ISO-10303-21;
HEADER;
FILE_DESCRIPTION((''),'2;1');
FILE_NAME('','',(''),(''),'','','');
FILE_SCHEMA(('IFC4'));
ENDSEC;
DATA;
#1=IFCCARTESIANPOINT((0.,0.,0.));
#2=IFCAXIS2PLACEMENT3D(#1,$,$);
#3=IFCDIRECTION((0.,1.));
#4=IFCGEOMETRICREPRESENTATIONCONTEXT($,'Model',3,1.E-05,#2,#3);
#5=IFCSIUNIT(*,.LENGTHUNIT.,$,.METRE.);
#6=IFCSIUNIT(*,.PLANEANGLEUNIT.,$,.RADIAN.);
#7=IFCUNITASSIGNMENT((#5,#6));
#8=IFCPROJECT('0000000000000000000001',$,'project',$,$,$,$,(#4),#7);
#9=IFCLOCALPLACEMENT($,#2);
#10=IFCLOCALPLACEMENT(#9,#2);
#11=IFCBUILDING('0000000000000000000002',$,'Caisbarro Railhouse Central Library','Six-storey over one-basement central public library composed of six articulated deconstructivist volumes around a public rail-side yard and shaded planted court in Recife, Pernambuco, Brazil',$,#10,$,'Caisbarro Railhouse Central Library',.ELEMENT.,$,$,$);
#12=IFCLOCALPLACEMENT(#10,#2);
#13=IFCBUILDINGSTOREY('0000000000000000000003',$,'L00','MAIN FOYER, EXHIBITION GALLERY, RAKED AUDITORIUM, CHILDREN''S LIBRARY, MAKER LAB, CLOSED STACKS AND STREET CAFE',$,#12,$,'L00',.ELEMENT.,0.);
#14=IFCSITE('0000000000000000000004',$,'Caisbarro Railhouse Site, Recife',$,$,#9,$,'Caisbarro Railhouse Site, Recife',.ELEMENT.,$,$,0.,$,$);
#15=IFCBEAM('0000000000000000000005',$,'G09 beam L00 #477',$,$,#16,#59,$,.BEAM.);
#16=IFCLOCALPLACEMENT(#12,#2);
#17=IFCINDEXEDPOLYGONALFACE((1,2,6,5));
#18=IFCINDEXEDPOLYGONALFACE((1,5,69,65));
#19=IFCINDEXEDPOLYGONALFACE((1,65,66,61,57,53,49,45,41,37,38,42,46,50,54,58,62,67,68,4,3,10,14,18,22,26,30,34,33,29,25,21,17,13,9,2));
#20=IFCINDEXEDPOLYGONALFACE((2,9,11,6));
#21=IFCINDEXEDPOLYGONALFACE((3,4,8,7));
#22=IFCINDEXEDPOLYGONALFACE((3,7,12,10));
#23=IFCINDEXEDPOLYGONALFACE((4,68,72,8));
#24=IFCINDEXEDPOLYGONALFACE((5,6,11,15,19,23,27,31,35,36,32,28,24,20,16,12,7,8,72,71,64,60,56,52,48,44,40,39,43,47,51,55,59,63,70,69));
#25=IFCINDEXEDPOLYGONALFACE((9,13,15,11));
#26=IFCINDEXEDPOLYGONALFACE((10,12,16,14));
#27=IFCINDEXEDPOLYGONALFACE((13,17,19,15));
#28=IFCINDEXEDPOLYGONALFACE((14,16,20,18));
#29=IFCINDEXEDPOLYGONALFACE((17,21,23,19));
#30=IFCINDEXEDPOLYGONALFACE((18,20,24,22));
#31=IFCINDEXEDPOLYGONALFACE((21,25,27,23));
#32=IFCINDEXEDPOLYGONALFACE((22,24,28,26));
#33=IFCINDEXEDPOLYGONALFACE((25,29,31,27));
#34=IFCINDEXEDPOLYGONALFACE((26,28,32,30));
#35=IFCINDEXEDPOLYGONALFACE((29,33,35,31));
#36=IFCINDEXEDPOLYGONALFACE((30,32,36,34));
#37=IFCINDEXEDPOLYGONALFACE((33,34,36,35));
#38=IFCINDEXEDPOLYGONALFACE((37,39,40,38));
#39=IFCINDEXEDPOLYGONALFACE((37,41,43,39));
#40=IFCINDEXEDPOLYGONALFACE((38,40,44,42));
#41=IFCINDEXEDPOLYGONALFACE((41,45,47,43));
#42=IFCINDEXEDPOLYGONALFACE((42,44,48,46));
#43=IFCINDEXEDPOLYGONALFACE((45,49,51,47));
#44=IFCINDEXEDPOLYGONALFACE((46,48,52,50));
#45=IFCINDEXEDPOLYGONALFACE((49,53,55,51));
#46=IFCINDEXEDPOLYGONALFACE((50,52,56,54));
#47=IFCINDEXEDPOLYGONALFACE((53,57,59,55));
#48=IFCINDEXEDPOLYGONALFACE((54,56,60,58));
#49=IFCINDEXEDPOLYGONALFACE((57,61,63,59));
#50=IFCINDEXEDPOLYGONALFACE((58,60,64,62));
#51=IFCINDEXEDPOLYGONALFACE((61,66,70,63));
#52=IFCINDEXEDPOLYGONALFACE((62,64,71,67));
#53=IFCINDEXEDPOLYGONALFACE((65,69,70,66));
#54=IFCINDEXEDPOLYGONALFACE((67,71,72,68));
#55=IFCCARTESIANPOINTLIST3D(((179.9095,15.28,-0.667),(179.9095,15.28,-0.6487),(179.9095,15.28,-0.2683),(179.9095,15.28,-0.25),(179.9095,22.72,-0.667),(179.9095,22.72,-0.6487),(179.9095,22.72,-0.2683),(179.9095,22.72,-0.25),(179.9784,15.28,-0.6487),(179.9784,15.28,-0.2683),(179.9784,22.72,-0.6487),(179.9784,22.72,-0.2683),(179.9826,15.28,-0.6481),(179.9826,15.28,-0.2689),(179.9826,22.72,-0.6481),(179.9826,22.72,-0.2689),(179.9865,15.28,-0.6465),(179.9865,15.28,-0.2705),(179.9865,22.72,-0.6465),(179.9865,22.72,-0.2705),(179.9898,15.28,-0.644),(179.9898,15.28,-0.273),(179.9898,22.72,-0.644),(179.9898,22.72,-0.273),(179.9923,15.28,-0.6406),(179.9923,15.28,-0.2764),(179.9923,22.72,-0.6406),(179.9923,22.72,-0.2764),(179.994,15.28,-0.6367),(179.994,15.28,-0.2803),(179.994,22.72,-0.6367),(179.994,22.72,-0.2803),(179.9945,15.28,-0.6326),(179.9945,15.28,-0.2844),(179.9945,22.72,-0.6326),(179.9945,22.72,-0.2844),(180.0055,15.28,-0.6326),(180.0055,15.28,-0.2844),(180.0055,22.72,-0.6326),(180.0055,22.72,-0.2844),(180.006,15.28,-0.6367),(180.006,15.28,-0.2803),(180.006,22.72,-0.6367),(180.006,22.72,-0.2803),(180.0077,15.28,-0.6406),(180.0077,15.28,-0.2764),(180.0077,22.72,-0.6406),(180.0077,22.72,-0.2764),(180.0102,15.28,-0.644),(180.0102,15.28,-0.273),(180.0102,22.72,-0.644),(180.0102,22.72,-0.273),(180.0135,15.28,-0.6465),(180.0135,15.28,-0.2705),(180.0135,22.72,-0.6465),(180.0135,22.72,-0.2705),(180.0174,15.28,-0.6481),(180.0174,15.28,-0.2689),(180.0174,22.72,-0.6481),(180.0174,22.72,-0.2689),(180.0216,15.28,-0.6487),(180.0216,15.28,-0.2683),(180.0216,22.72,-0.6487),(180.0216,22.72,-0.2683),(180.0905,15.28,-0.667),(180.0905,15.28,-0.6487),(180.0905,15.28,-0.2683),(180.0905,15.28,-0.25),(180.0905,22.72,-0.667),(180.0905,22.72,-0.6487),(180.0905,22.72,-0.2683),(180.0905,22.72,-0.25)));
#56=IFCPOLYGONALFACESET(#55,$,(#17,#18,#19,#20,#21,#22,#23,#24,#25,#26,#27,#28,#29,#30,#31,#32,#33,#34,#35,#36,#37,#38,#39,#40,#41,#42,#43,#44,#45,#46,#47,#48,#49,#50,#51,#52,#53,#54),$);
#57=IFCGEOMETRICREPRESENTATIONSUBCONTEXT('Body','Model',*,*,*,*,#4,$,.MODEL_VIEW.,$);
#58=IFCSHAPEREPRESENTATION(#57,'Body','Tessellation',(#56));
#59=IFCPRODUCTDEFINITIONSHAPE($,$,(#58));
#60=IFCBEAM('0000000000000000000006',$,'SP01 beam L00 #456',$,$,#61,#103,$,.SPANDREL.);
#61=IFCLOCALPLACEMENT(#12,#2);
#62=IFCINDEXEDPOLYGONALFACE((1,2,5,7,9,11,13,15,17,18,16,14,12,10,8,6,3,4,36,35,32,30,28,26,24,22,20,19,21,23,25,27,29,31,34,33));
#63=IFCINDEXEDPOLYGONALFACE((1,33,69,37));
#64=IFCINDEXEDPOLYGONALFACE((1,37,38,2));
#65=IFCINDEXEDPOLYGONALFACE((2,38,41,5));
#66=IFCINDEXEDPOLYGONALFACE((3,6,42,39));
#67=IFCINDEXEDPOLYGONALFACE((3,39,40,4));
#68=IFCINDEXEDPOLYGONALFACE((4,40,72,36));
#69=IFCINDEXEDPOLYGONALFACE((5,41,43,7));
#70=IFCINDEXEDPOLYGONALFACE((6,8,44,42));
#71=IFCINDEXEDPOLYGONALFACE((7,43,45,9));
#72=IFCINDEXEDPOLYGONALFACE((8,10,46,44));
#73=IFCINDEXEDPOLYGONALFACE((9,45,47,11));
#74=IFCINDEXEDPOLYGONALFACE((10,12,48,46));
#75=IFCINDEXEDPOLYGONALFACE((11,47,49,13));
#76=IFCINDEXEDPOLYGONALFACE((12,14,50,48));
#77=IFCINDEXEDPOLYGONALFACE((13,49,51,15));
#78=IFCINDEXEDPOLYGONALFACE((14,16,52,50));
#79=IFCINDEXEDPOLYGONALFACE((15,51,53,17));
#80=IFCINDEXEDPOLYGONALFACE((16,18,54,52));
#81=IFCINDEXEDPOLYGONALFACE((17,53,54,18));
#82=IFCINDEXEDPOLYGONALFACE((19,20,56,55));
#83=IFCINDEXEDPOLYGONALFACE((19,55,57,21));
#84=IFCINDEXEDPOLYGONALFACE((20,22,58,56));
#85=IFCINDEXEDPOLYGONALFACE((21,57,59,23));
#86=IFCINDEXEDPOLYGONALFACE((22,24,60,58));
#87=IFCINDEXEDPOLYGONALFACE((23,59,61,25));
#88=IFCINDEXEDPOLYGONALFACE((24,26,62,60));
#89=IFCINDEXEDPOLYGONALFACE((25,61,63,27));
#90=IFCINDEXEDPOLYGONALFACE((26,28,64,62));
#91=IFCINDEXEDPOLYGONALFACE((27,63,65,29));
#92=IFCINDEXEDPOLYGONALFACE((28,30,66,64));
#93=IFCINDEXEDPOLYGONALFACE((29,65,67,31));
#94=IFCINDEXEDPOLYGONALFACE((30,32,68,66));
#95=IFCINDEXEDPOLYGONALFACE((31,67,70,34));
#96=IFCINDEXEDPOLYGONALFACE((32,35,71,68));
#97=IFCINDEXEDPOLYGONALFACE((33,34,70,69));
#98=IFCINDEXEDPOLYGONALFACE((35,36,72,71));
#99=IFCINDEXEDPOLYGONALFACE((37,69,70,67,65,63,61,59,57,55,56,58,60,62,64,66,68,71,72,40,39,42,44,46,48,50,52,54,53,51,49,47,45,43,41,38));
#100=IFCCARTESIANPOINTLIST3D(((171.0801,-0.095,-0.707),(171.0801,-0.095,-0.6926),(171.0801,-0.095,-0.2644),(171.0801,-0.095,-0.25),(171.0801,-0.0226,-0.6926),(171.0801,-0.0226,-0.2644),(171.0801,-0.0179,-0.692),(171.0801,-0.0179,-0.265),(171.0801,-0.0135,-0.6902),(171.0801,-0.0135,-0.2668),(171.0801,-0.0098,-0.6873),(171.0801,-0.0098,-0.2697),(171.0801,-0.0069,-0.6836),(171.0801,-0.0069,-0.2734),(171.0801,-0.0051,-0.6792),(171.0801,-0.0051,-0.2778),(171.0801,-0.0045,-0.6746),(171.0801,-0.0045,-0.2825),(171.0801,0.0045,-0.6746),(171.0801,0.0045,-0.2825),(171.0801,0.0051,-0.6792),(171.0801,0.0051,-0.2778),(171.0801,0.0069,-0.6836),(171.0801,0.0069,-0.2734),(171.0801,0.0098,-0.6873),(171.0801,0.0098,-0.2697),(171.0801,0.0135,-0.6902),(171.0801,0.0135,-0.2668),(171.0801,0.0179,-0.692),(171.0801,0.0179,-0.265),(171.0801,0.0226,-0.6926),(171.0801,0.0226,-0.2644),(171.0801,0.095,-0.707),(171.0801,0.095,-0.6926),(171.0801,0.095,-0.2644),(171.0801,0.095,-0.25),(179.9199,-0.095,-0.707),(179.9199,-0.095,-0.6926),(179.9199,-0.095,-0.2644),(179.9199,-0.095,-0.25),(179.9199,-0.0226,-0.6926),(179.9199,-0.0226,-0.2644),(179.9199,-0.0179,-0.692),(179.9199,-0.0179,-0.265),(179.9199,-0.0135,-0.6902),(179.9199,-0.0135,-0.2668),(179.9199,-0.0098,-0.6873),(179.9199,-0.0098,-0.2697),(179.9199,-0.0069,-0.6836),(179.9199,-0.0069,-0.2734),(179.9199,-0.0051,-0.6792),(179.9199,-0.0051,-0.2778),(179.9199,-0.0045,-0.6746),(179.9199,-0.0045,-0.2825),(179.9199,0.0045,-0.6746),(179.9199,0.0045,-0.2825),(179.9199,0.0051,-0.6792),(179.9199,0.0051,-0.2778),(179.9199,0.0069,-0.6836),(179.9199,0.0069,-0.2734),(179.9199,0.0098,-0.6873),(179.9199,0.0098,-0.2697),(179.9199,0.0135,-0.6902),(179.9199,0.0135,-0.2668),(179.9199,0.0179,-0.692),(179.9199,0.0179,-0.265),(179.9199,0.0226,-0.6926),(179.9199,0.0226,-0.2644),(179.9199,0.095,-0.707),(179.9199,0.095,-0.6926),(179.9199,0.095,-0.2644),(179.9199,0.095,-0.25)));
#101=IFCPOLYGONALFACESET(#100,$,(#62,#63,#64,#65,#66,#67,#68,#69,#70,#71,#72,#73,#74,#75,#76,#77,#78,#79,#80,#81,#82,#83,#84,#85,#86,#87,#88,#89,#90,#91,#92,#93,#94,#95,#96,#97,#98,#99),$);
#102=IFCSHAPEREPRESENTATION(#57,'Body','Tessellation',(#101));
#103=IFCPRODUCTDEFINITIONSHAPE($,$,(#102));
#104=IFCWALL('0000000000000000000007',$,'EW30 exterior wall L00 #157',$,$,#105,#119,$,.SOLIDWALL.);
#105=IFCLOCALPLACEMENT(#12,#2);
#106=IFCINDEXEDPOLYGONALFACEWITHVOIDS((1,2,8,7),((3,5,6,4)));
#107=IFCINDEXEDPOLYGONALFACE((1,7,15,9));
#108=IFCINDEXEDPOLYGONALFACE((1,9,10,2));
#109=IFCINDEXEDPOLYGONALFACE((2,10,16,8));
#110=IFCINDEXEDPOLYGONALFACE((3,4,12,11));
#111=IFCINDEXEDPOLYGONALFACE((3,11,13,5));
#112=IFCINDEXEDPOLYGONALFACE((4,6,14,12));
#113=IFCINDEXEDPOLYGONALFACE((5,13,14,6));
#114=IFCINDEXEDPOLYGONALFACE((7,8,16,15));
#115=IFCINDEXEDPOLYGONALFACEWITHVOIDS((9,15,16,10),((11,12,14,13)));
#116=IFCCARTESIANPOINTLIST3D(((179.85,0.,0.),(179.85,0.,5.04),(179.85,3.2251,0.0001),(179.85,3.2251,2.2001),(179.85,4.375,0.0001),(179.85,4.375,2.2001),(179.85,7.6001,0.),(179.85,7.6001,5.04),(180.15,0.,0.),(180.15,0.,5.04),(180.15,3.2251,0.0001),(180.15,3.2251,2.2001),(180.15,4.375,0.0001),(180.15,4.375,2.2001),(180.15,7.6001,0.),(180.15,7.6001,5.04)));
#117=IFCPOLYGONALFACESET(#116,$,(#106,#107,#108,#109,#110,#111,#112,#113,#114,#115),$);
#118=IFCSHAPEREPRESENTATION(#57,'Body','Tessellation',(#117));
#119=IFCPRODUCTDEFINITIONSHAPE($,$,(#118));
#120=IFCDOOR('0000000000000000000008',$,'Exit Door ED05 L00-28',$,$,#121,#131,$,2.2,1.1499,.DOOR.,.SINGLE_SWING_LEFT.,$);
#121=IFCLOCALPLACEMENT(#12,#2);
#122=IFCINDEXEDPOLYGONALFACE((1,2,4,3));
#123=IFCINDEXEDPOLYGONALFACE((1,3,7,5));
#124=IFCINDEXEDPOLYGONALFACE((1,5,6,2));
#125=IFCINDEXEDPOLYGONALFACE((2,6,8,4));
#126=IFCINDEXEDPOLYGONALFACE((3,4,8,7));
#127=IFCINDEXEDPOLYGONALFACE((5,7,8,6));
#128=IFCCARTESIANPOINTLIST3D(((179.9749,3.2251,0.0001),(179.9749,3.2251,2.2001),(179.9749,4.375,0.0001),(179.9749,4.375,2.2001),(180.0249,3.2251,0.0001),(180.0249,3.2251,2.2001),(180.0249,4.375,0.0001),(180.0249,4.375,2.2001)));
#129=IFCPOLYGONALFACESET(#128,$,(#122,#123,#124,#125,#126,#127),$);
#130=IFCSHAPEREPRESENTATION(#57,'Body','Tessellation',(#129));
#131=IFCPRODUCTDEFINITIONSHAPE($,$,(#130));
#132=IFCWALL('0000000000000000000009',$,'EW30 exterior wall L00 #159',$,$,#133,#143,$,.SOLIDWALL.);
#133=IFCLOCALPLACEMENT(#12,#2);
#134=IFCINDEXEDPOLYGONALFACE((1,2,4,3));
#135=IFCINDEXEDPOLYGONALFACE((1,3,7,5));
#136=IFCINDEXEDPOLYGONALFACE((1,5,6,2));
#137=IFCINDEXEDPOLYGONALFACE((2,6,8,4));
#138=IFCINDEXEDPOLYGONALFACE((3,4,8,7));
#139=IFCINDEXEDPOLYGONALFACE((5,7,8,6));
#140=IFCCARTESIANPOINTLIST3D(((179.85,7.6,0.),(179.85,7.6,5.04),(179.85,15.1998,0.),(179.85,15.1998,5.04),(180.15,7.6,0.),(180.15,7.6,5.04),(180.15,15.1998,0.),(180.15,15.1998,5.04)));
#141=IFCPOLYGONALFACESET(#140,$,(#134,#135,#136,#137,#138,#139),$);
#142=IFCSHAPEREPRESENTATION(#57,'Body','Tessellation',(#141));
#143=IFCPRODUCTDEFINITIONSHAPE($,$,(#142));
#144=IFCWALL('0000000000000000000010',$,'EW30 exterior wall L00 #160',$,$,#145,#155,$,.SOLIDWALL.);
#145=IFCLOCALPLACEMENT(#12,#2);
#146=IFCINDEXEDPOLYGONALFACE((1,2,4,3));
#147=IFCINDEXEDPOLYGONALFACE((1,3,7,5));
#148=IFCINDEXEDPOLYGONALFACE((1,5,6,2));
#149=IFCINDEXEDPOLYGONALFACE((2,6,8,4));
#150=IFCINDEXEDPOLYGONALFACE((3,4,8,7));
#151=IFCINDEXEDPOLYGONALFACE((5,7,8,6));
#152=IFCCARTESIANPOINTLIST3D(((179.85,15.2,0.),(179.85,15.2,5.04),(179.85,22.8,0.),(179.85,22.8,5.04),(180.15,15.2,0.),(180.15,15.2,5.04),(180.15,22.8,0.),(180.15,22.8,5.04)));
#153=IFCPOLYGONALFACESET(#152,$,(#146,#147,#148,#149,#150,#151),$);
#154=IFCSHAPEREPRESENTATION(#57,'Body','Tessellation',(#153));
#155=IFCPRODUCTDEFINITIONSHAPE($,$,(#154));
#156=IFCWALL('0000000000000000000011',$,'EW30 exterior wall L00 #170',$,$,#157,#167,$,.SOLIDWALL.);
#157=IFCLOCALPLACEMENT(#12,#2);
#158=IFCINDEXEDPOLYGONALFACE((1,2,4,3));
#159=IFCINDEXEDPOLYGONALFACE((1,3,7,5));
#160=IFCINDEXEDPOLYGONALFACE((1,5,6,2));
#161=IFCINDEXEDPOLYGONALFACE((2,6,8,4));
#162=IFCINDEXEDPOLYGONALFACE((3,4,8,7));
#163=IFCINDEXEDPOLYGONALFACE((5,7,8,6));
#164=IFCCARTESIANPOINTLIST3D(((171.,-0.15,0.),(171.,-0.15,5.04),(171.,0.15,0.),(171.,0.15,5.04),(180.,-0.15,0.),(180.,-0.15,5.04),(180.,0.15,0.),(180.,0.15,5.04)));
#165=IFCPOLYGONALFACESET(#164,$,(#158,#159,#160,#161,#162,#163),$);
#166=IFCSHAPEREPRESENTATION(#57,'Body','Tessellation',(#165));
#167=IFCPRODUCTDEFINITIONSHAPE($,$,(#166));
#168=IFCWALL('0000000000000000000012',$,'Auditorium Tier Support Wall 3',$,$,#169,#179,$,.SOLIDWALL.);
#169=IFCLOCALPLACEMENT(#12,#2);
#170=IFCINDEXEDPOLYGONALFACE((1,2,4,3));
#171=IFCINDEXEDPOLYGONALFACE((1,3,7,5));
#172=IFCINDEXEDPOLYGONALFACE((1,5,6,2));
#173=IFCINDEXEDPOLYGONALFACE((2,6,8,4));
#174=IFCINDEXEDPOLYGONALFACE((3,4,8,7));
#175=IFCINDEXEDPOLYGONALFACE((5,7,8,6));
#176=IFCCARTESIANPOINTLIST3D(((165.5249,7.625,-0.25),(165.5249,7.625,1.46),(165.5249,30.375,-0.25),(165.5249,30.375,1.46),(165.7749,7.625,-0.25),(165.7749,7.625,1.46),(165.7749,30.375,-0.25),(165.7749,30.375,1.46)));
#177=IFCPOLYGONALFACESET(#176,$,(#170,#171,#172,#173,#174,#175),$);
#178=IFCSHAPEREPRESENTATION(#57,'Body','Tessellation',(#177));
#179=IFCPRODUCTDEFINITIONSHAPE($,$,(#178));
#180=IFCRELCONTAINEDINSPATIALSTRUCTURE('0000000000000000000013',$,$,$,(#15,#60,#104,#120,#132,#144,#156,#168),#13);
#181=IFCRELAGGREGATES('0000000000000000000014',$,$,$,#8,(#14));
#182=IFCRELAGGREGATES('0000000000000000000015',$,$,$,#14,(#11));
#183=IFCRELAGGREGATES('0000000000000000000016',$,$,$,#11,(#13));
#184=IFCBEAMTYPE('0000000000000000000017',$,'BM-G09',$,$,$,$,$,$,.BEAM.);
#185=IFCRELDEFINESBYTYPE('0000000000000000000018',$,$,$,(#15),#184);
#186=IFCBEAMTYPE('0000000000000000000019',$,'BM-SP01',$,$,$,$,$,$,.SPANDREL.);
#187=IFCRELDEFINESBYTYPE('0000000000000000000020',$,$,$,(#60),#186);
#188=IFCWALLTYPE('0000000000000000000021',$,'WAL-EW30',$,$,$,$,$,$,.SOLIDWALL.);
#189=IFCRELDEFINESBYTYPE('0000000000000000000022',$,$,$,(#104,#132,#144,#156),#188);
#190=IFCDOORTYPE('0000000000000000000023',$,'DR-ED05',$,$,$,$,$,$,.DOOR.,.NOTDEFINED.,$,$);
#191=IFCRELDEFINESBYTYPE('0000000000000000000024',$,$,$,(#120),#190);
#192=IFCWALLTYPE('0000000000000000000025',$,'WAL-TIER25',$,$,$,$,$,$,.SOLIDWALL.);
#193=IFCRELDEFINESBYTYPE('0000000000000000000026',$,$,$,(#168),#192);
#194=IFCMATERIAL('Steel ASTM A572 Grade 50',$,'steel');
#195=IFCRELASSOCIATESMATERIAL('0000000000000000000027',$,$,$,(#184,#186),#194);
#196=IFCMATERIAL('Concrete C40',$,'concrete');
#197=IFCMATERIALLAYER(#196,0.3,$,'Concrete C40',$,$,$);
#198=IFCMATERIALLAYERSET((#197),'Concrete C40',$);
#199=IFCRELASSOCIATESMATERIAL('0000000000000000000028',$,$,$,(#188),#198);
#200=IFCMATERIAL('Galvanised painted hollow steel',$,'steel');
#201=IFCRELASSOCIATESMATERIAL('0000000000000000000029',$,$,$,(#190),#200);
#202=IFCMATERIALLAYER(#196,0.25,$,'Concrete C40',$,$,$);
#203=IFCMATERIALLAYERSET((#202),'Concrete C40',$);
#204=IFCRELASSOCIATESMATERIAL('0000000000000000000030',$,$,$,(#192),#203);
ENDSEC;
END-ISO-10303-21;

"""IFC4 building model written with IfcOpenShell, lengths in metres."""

from ifc_helpers import new_model, si_unit, direction, frame, frame_2d, origin, origin_2d, place, context, subcontext, project, spatial, rectangle, i_section, extrude, material, layer, layer_set, material_profile, profile_set, type_object, element, fill, save


model = new_model("IFC4")

# Units and contexts
model_context = context("Model", 3, precision=1e-05, world=origin(), true_north=direction((0.0, 1.0)))
body_context = subcontext(model_context, "Body", "Model", "MODEL_VIEW")
ifc_project = project(units=[si_unit("LENGTHUNIT", "METRE"), si_unit("PLANEANGLEUNIT", "RADIAN")], contexts=[model_context])

# Site, building, storey
site_placement = place(None, origin())
site = spatial("IfcSite", under=ifc_project, at=site_placement, Name="Caisbarro Railhouse Site, Recife", LongName="Caisbarro Railhouse Site, Recife", CompositionType="ELEMENT", RefElevation=0.0)
building_placement = place(site_placement, origin())
building = spatial("IfcBuilding", under=site, at=building_placement, Name="Caisbarro Railhouse Central Library", Description="Six-storey over one-basement central public library composed of six articulated deconstructivist volumes around a public rail-side yard and shaded planted court in Recife, Pernambuco, Brazil", LongName="Caisbarro Railhouse Central Library", CompositionType="ELEMENT")
storey_placement = place(building_placement, origin())
storey = spatial("IfcBuildingStorey", under=building, at=storey_placement, Name="L00", Description="MAIN FOYER, EXHIBITION GALLERY, RAKED AUDITORIUM, CHILDREN'S LIBRARY, MAKER LAB, CLOSED STACKS AND STREET CAFE", LongName="L00", CompositionType="ELEMENT", Elevation=0.0)

# Shared definitions
ifc_material_1 = material(Name="Steel ASTM A572 Grade 50", Category="steel")

# Beams
ifc_material_profile_1 = material_profile(ifc_material_1, i_section(OverallWidth=0.1809, OverallDepth=0.417, WebThickness=0.011, FlangeThickness=0.0183, FilletRadius=0.0161, at=origin_2d()), Name="W410X85.0")
ifc_profile_set_1 = profile_set([ifc_material_profile_1], Name="Steel ASTM A572 Grade 50")
beam_type_1 = type_object("IfcBeamType", Name="BM-G09", PredefinedType="BEAM", material=ifc_profile_set_1)
beam_1_placement = place(storey_placement, frame((180.0, 15.28, -0.4585), z_axis=(0.0, 1.0, 0.0), x_axis=(-1.0, 0.0, 0.0)))
element("IfcBeam", 1, at=beam_1_placement, inside=storey, type_object=beam_type_1, Name="G09 beam L00 #477", PredefinedType="BEAM", context=body_context, shape_type="SweptSolid", body=[
    extrude(i_section(OverallWidth=0.1809, OverallDepth=0.417, WebThickness=0.011, FlangeThickness=0.0183, FilletRadius=0.0161, at=origin_2d()), origin(), (0.0, 0.0, 1.0), 7.4399),
])
ifc_material_profile_2 = material_profile(ifc_material_1, i_section(OverallWidth=0.1899, OverallDepth=0.457, WebThickness=0.009, FlangeThickness=0.0144, FilletRadius=0.0181, at=origin_2d()), Name="W460X74.0")
ifc_profile_set_2 = profile_set([ifc_material_profile_2], Name="Steel ASTM A572 Grade 50")
beam_type_2 = type_object("IfcBeamType", Name="BM-SP01", PredefinedType="SPANDREL", material=ifc_profile_set_2)
beam_2_placement = place(storey_placement, frame((171.0801, 0.0, -0.4785), z_axis=(1.0, 0.0, 0.0), x_axis=(0.0, 1.0, 0.0)))
element("IfcBeam", 2, at=beam_2_placement, inside=storey, type_object=beam_type_2, Name="SP01 beam L00 #456", PredefinedType="SPANDREL", context=body_context, shape_type="SweptSolid", body=[
    extrude(i_section(OverallWidth=0.1899, OverallDepth=0.457, WebThickness=0.009, FlangeThickness=0.0144, FilletRadius=0.0181, at=origin_2d()), origin(), (0.0, 0.0, 1.0), 8.8398),
])

# Wall, opening, door
ifc_material_2 = material(Name="Concrete C40", Category="concrete")
ifc_layer_1 = layer(ifc_material_2, 0.3, Name="Concrete C40")
ifc_layer_set_1 = layer_set([ifc_layer_1], Name="Concrete C40")
wall_type_1 = type_object("IfcWallType", Name="WAL-EW30", PredefinedType="SOLIDWALL", material=ifc_layer_set_1)
wall_1_placement = place(storey_placement, frame((180.0, 0.0, 0.0), z_axis=(0.0, 0.0, 1.0), x_axis=(0.0, 1.0, 0.0)))
wall_1 = element("IfcWall", 3, at=wall_1_placement, inside=storey, type_object=wall_type_1, Name="EW30 exterior wall L00 #157", PredefinedType="SOLIDWALL", context=body_context, shape_type="SweptSolid", body=[
    extrude(rectangle(XDim=7.6001, YDim=0.3, at=frame_2d((3.8, 0.0))), origin(), (0.0, 0.0, 1.0), 5.04),
])
opening_placement = place(wall_1_placement, frame((3.2251, 0.0, 0.0)))
opening = element("IfcOpeningElement", 4, at=opening_placement, cuts=wall_1, PredefinedType="OPENING", context=body_context, shape_type="SweptSolid", body=[
    extrude(rectangle(XDim=1.1499, YDim=2.2, at=frame_2d((0.575, 1.1001))), frame((0.0, 0.1602, 0.0), z_axis=(0.0, -1.0, 0.0), x_axis=(1.0, 0.0, 0.0)), (0.0, 0.0, 1.0), 0.3201),
])
ifc_material_3 = material(Name="Galvanised painted hollow steel", Category="steel")
door_type = type_object("IfcDoorType", Name="DR-ED05", OperationType="NOTDEFINED", PredefinedType="DOOR", material=ifc_material_3)
door_placement = place(opening_placement, frame((1.1499, 0.0, 0.0), z_axis=(0.0, 0.0, 1.0), x_axis=(-1.0, 0.0, 0.0)))
door = element("IfcDoor", 5, at=door_placement, inside=storey, type_object=door_type, Name="Exit Door ED05 L00-28", OperationType="SINGLE_SWING_LEFT", OverallHeight=2.2, OverallWidth=1.1499, PredefinedType="DOOR", context=body_context, shape_type="SweptSolid", body=[
    extrude(rectangle(XDim=1.1499, YDim=2.2, at=frame_2d((0.575, 1.1001))), frame((0.0, 0.0249, 0.0), z_axis=(0.0, -1.0, 0.0), x_axis=(1.0, 0.0, 0.0)), (0.0, 0.0, 1.0), 0.05),
])
fill(opening, door)

# Walls
wall_2_placement = place(storey_placement, frame((180.0, 7.6001, 0.0), z_axis=(0.0, 0.0, 1.0), x_axis=(0.0, 1.0, 0.0)))
element("IfcWall", 6, at=wall_2_placement, inside=storey, type_object=wall_type_1, Name="EW30 exterior wall L00 #159", PredefinedType="SOLIDWALL", context=body_context, shape_type="SweptSolid", body=[
    extrude(rectangle(XDim=7.5999, YDim=0.3, at=frame_2d((3.7998, 0.0))), origin(), (0.0, 0.0, 1.0), 5.04),
])
wall_3_placement = place(storey_placement, frame((180.0, 15.2, 0.0), z_axis=(0.0, 0.0, 1.0), x_axis=(0.0, 1.0, 0.0)))
element("IfcWall", 7, at=wall_3_placement, inside=storey, type_object=wall_type_1, Name="EW30 exterior wall L00 #160", PredefinedType="SOLIDWALL", context=body_context, shape_type="SweptSolid", body=[
    extrude(rectangle(XDim=7.6001, YDim=0.3, at=frame_2d((3.8, 0.0))), origin(), (0.0, 0.0, 1.0), 5.04),
])
wall_4_placement = place(storey_placement, frame((171.0, 0.0, 0.0), z_axis=(0.0, 0.0, 1.0), x_axis=(1.0, 0.0, 0.0)))
element("IfcWall", 8, at=wall_4_placement, inside=storey, type_object=wall_type_1, Name="EW30 exterior wall L00 #170", PredefinedType="SOLIDWALL", context=body_context, shape_type="SweptSolid", body=[
    extrude(rectangle(XDim=9.0, YDim=0.3, at=frame_2d((4.5, 0.0))), origin(), (0.0, 0.0, 1.0), 5.04),
])
ifc_layer_2 = layer(ifc_material_2, 0.25, Name="Concrete C40")
ifc_layer_set_2 = layer_set([ifc_layer_2], Name="Concrete C40")
wall_type_2 = type_object("IfcWallType", Name="WAL-TIER25", PredefinedType="SOLIDWALL", material=ifc_layer_set_2)
wall_5_placement = place(storey_placement, frame((165.6499, 7.625, -0.25), z_axis=(0.0, 0.0, 1.0), x_axis=(0.0, 1.0, 0.0)))
element("IfcWall", 9, at=wall_5_placement, inside=storey, type_object=wall_type_2, Name="Auditorium Tier Support Wall 3", PredefinedType="SOLIDWALL", context=body_context, shape_type="SweptSolid", body=[
    extrude(rectangle(XDim=22.75, YDim=0.25, at=frame_2d((11.375, 0.0))), origin(), (0.0, 0.0, 1.0), 1.71),
])

save(model, "model.ifc")
